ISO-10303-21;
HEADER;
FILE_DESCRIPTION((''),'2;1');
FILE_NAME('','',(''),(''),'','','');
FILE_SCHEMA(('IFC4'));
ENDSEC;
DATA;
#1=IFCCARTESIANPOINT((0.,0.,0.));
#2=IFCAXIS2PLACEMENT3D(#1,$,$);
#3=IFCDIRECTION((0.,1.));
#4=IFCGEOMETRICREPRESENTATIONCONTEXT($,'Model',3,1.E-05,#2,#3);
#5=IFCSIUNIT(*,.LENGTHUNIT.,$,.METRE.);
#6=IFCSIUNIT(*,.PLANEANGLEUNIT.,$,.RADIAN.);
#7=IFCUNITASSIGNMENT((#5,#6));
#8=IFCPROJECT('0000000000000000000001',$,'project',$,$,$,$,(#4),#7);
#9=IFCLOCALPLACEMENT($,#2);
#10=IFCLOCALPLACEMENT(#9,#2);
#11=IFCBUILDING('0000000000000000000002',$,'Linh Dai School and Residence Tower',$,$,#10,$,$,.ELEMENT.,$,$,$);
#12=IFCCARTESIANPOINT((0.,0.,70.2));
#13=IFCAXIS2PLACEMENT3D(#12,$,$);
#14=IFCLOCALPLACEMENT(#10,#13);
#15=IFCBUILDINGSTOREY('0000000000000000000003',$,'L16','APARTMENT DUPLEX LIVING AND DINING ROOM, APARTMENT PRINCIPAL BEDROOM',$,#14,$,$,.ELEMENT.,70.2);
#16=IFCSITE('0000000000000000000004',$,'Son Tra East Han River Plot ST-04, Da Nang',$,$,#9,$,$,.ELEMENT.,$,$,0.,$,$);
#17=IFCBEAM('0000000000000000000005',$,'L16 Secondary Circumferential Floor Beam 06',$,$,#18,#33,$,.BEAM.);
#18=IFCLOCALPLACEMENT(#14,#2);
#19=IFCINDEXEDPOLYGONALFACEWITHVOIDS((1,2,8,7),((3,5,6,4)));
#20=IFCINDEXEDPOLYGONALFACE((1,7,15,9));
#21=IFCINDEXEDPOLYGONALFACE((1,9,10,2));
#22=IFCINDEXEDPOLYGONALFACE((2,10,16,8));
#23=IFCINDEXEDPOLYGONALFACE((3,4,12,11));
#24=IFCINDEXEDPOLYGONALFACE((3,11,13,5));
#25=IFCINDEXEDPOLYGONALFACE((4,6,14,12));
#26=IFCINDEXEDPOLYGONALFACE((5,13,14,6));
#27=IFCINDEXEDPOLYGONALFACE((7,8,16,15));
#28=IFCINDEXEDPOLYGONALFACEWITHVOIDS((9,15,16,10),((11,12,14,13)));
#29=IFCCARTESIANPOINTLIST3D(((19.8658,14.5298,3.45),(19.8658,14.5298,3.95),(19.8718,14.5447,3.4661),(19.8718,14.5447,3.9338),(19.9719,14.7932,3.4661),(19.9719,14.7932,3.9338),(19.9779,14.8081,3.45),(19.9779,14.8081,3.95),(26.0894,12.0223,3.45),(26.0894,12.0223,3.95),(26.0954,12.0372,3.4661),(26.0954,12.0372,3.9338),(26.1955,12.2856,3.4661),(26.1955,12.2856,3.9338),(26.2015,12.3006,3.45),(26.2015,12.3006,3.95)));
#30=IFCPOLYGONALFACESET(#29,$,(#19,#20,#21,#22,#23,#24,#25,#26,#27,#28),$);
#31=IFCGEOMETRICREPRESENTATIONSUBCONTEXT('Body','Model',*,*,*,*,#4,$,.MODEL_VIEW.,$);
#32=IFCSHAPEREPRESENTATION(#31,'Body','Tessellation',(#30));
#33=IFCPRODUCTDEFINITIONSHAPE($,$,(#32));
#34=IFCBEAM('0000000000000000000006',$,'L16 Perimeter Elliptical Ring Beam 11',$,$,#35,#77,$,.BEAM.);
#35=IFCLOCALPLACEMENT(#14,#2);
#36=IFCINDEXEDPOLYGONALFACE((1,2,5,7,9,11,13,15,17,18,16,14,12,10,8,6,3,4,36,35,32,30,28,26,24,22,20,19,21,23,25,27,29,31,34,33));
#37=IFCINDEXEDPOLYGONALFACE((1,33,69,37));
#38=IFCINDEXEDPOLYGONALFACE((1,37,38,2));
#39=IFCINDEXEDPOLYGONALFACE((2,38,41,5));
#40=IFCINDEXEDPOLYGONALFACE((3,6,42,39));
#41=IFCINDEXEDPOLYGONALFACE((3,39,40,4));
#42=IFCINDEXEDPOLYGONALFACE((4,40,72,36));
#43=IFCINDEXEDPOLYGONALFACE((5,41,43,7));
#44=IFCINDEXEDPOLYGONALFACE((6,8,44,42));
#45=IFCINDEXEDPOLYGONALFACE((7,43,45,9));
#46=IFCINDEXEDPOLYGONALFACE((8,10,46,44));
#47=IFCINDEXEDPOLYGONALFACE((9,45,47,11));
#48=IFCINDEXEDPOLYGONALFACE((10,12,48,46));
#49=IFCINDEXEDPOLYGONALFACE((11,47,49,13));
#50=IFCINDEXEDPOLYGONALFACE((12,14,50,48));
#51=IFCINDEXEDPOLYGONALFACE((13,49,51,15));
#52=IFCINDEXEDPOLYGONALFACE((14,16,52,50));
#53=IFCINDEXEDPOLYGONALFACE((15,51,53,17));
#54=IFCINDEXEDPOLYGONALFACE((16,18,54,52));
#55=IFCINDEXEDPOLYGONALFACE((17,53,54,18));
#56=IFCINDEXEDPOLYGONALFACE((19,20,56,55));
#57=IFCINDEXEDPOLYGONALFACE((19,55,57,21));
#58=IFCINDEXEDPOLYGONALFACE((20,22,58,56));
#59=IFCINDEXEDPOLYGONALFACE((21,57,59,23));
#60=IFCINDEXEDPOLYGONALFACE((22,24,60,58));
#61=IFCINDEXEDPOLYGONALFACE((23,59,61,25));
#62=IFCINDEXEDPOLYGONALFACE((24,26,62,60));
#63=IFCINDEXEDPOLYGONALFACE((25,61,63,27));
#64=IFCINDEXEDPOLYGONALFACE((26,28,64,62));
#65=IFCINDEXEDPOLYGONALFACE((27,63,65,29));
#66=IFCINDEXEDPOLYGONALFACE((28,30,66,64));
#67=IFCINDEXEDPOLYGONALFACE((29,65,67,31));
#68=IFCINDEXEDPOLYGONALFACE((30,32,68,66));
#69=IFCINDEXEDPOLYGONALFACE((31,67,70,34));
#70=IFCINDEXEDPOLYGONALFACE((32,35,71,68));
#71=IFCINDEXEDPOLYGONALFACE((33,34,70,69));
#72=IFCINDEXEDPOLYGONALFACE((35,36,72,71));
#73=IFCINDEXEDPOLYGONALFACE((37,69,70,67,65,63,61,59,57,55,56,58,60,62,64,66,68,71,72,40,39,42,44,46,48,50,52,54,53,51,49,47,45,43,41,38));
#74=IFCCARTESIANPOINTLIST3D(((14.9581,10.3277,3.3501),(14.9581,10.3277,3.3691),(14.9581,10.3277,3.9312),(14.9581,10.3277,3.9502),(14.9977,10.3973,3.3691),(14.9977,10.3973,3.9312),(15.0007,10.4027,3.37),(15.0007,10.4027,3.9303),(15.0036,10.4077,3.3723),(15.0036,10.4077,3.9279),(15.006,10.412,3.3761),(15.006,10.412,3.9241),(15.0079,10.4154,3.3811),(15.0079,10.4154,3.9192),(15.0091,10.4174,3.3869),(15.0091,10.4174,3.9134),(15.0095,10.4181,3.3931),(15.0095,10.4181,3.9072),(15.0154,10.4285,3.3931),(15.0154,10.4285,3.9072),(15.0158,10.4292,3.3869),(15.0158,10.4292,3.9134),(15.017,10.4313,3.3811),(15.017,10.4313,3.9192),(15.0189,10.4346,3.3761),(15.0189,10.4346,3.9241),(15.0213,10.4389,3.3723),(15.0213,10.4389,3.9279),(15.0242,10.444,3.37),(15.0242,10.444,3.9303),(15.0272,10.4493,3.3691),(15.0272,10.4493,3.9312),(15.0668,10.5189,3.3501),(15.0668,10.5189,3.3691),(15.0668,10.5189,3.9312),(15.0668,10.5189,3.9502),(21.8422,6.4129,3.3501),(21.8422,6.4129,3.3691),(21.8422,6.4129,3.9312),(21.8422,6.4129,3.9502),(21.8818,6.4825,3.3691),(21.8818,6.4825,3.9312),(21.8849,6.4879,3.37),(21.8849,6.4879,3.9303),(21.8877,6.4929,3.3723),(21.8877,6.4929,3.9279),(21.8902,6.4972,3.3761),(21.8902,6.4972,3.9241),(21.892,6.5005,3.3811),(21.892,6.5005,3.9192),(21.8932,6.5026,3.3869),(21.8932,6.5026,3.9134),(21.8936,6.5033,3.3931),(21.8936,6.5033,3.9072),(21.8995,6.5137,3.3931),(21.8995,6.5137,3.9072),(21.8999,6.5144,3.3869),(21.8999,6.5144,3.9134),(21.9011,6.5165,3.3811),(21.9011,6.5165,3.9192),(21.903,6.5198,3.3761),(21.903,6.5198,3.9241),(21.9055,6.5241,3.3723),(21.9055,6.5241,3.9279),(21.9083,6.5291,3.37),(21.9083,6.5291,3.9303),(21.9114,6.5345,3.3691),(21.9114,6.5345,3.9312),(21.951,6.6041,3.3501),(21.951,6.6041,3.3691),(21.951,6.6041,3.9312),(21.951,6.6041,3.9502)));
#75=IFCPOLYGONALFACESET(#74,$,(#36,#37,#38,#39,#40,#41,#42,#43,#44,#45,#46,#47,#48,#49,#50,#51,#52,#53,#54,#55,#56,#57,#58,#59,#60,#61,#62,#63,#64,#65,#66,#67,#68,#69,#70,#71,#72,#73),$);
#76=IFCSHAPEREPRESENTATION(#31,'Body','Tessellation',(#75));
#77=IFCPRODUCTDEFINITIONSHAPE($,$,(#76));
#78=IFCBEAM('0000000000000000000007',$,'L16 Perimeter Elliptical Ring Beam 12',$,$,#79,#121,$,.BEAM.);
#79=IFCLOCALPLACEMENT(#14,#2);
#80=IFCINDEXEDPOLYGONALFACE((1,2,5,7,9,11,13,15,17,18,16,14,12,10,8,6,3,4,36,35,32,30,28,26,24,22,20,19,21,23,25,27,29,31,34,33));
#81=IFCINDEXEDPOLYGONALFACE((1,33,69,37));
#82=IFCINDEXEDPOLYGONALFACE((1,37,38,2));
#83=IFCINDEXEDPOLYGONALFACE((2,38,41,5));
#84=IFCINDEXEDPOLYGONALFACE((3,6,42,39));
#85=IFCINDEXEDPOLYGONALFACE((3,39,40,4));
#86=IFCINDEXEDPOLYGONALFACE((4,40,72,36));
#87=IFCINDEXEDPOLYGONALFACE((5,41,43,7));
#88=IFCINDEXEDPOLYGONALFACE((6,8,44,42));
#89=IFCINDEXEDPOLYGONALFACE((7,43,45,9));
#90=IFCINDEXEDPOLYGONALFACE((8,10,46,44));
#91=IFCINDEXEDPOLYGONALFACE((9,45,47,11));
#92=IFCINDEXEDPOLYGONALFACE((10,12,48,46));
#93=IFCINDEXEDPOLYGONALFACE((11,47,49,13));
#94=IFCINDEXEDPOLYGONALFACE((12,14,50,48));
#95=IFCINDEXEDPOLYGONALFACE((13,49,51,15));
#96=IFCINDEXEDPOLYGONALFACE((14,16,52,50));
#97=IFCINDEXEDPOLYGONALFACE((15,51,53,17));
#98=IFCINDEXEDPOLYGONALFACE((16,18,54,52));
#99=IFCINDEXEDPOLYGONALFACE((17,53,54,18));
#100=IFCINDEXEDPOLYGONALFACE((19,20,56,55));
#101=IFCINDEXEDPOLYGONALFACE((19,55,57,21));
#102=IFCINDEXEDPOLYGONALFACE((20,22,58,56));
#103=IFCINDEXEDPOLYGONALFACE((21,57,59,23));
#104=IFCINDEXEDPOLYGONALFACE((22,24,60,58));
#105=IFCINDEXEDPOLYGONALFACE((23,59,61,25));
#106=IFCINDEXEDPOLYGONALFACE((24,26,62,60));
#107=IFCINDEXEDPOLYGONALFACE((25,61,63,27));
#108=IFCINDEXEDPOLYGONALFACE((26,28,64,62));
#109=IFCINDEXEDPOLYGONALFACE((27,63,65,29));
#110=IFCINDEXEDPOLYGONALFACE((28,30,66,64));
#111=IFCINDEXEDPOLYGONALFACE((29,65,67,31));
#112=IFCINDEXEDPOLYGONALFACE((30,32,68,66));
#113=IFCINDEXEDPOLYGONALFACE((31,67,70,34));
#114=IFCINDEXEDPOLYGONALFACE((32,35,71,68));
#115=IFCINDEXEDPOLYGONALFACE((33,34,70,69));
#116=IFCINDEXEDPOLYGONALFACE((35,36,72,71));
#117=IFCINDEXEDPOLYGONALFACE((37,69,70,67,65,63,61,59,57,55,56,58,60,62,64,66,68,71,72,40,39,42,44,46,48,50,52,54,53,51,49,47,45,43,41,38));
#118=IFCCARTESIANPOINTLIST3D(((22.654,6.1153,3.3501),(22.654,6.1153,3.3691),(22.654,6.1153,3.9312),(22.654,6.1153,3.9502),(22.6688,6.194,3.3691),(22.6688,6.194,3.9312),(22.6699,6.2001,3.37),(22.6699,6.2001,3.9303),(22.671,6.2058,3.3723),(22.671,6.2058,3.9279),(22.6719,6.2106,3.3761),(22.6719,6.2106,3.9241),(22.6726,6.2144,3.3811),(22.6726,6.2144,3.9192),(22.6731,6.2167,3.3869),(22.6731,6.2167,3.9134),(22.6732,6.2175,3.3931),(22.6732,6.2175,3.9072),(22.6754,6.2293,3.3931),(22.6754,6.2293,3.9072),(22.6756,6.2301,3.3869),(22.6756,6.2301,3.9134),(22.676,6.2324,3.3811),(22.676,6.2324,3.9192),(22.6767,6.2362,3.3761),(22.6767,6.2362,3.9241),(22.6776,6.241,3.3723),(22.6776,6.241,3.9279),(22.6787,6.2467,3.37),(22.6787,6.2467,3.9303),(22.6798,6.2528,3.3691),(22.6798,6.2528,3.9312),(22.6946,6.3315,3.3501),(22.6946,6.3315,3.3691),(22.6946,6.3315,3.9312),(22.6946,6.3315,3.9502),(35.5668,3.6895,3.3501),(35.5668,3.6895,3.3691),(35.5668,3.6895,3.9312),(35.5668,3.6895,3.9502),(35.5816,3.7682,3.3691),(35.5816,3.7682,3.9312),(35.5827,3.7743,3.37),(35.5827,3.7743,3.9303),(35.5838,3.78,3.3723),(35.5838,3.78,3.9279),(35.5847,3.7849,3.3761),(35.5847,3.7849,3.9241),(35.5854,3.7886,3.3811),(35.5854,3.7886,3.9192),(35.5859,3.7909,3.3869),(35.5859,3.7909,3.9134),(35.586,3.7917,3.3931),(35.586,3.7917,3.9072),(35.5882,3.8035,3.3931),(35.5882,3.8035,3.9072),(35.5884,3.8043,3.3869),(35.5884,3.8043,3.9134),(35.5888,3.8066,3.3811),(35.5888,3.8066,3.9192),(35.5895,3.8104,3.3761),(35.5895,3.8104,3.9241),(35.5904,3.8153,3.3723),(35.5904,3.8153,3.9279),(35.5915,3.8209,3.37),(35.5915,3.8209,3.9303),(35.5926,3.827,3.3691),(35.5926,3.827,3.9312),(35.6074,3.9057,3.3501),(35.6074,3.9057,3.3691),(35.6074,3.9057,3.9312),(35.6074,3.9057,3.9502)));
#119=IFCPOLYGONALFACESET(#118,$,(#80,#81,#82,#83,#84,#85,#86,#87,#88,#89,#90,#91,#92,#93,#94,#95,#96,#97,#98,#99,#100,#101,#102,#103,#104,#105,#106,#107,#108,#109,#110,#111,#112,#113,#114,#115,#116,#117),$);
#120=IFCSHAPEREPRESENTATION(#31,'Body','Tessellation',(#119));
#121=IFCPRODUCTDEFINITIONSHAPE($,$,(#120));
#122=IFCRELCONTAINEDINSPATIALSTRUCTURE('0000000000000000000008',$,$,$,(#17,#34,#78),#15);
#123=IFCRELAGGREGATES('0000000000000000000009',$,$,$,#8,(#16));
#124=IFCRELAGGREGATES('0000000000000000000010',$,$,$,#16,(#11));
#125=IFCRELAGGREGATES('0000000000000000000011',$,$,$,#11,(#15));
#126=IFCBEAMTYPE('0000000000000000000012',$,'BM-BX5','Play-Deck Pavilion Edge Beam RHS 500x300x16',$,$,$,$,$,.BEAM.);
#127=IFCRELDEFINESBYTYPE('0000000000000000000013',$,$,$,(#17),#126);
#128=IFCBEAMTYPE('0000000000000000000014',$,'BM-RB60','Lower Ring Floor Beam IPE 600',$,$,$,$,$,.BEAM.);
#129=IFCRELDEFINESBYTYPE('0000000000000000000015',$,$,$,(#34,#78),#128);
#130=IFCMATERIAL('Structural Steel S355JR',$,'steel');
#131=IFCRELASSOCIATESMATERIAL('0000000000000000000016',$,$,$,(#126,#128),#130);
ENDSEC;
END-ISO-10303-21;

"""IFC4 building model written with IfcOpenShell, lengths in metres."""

from ifc_helpers import new_model, si_unit, direction, frame, origin, origin_2d, place, context, subcontext, project, spatial, hollow_rectangle, i_section, extrude, material, material_profile, profile_set, type_object, element, save


model = new_model("IFC4")

# Units and contexts
model_context = context("Model", 3, precision=1e-05, world=origin(), true_north=direction((0.0, 1.0)))
body_context = subcontext(model_context, "Body", "Model", "MODEL_VIEW")
ifc_project = project(units=[si_unit("LENGTHUNIT", "METRE"), si_unit("PLANEANGLEUNIT", "RADIAN")], contexts=[model_context])

# Site, building, storey
site_placement = place(None, origin())
site = spatial("IfcSite", under=ifc_project, at=site_placement, Name="Son Tra East Han River Plot ST-04, Da Nang", CompositionType="ELEMENT", RefElevation=0.0)
building_placement = place(site_placement, origin())
building = spatial("IfcBuilding", under=site, at=building_placement, Name="Linh Dai School and Residence Tower", CompositionType="ELEMENT")
storey_placement = place(building_placement, frame((0.0, 0.0, 70.2)))
storey = spatial("IfcBuildingStorey", under=building, at=storey_placement, Name="L16", Description="APARTMENT DUPLEX LIVING AND DINING ROOM, APARTMENT PRINCIPAL BEDROOM", CompositionType="ELEMENT", Elevation=70.2)

# Shared definitions
ifc_material_1 = material(Name="Structural Steel S355JR", Category="steel")

# Beams
ifc_material_profile_1 = material_profile(ifc_material_1, hollow_rectangle(XDim=0.3, YDim=0.5, WallThickness=0.0161, at=origin_2d()), Name="RHS 500x300x16")
ifc_profile_set_1 = profile_set([ifc_material_profile_1], Name="Structural Steel S355JR")
beam_type_1 = type_object("IfcBeamType", Name="BM-BX5", Description="Play-Deck Pavilion Edge Beam RHS 500x300x16", PredefinedType="BEAM", material=ifc_profile_set_1)
beam_1_placement = place(storey_placement, frame((19.9219, 14.6689, 3.7), z_axis=(0.927543, -0.373717, 0.0), x_axis=(0.373717, 0.927543, 0.0)))
element("IfcBeam", 1, at=beam_1_placement, inside=storey, type_object=beam_type_1, Name="L16 Secondary Circumferential Floor Beam 06", PredefinedType="BEAM", context=body_context, shape_type="SweptSolid", body=[
    extrude(hollow_rectangle(XDim=0.3, YDim=0.5, WallThickness=0.0161, at=origin_2d()), origin(), (0.0, 0.0, 1.0), 6.7097),
])
ifc_material_profile_2 = material_profile(ifc_material_1, i_section(OverallWidth=0.22, OverallDepth=0.6001, WebThickness=0.012, FlangeThickness=0.019, FilletRadius=0.0239, at=origin_2d()), Name="IPE 600")
ifc_profile_set_2 = profile_set([ifc_material_profile_2], Name="Structural Steel S355JR")
beam_type_2 = type_object("IfcBeamType", Name="BM-RB60", Description="Lower Ring Floor Beam IPE 600", PredefinedType="BEAM", material=ifc_profile_set_2)
beam_2_placement = place(storey_placement, frame((15.0125, 10.4233, 3.6501), z_axis=(0.869271, -0.494335, 0.0), x_axis=(0.494335, 0.869271, 0.0)))
element("IfcBeam", 2, at=beam_2_placement, inside=storey, type_object=beam_type_2, Name="L16 Perimeter Elliptical Ring Beam 11", PredefinedType="BEAM", context=body_context, shape_type="SweptSolid", body=[
    extrude(i_section(OverallWidth=0.22, OverallDepth=0.6001, WebThickness=0.012, FlangeThickness=0.019, FilletRadius=0.0239, at=origin_2d()), origin(), (0.0, 0.0, 1.0), 7.9194),
])
beam_3_placement = place(storey_placement, frame((22.6743, 6.2234, 3.6501), z_axis=(0.982808, -0.184628, 0.0), x_axis=(0.184628, 0.982808, 0.0)))
element("IfcBeam", 3, at=beam_3_placement, inside=storey, type_object=beam_type_2, Name="L16 Perimeter Elliptical Ring Beam 12", PredefinedType="BEAM", context=body_context, shape_type="SweptSolid", body=[
    extrude(i_section(OverallWidth=0.22, OverallDepth=0.6001, WebThickness=0.012, FlangeThickness=0.019, FilletRadius=0.0239, at=origin_2d()), origin(), (0.0, 0.0, 1.0), 13.1387),
])

save(model, "model.ifc")
